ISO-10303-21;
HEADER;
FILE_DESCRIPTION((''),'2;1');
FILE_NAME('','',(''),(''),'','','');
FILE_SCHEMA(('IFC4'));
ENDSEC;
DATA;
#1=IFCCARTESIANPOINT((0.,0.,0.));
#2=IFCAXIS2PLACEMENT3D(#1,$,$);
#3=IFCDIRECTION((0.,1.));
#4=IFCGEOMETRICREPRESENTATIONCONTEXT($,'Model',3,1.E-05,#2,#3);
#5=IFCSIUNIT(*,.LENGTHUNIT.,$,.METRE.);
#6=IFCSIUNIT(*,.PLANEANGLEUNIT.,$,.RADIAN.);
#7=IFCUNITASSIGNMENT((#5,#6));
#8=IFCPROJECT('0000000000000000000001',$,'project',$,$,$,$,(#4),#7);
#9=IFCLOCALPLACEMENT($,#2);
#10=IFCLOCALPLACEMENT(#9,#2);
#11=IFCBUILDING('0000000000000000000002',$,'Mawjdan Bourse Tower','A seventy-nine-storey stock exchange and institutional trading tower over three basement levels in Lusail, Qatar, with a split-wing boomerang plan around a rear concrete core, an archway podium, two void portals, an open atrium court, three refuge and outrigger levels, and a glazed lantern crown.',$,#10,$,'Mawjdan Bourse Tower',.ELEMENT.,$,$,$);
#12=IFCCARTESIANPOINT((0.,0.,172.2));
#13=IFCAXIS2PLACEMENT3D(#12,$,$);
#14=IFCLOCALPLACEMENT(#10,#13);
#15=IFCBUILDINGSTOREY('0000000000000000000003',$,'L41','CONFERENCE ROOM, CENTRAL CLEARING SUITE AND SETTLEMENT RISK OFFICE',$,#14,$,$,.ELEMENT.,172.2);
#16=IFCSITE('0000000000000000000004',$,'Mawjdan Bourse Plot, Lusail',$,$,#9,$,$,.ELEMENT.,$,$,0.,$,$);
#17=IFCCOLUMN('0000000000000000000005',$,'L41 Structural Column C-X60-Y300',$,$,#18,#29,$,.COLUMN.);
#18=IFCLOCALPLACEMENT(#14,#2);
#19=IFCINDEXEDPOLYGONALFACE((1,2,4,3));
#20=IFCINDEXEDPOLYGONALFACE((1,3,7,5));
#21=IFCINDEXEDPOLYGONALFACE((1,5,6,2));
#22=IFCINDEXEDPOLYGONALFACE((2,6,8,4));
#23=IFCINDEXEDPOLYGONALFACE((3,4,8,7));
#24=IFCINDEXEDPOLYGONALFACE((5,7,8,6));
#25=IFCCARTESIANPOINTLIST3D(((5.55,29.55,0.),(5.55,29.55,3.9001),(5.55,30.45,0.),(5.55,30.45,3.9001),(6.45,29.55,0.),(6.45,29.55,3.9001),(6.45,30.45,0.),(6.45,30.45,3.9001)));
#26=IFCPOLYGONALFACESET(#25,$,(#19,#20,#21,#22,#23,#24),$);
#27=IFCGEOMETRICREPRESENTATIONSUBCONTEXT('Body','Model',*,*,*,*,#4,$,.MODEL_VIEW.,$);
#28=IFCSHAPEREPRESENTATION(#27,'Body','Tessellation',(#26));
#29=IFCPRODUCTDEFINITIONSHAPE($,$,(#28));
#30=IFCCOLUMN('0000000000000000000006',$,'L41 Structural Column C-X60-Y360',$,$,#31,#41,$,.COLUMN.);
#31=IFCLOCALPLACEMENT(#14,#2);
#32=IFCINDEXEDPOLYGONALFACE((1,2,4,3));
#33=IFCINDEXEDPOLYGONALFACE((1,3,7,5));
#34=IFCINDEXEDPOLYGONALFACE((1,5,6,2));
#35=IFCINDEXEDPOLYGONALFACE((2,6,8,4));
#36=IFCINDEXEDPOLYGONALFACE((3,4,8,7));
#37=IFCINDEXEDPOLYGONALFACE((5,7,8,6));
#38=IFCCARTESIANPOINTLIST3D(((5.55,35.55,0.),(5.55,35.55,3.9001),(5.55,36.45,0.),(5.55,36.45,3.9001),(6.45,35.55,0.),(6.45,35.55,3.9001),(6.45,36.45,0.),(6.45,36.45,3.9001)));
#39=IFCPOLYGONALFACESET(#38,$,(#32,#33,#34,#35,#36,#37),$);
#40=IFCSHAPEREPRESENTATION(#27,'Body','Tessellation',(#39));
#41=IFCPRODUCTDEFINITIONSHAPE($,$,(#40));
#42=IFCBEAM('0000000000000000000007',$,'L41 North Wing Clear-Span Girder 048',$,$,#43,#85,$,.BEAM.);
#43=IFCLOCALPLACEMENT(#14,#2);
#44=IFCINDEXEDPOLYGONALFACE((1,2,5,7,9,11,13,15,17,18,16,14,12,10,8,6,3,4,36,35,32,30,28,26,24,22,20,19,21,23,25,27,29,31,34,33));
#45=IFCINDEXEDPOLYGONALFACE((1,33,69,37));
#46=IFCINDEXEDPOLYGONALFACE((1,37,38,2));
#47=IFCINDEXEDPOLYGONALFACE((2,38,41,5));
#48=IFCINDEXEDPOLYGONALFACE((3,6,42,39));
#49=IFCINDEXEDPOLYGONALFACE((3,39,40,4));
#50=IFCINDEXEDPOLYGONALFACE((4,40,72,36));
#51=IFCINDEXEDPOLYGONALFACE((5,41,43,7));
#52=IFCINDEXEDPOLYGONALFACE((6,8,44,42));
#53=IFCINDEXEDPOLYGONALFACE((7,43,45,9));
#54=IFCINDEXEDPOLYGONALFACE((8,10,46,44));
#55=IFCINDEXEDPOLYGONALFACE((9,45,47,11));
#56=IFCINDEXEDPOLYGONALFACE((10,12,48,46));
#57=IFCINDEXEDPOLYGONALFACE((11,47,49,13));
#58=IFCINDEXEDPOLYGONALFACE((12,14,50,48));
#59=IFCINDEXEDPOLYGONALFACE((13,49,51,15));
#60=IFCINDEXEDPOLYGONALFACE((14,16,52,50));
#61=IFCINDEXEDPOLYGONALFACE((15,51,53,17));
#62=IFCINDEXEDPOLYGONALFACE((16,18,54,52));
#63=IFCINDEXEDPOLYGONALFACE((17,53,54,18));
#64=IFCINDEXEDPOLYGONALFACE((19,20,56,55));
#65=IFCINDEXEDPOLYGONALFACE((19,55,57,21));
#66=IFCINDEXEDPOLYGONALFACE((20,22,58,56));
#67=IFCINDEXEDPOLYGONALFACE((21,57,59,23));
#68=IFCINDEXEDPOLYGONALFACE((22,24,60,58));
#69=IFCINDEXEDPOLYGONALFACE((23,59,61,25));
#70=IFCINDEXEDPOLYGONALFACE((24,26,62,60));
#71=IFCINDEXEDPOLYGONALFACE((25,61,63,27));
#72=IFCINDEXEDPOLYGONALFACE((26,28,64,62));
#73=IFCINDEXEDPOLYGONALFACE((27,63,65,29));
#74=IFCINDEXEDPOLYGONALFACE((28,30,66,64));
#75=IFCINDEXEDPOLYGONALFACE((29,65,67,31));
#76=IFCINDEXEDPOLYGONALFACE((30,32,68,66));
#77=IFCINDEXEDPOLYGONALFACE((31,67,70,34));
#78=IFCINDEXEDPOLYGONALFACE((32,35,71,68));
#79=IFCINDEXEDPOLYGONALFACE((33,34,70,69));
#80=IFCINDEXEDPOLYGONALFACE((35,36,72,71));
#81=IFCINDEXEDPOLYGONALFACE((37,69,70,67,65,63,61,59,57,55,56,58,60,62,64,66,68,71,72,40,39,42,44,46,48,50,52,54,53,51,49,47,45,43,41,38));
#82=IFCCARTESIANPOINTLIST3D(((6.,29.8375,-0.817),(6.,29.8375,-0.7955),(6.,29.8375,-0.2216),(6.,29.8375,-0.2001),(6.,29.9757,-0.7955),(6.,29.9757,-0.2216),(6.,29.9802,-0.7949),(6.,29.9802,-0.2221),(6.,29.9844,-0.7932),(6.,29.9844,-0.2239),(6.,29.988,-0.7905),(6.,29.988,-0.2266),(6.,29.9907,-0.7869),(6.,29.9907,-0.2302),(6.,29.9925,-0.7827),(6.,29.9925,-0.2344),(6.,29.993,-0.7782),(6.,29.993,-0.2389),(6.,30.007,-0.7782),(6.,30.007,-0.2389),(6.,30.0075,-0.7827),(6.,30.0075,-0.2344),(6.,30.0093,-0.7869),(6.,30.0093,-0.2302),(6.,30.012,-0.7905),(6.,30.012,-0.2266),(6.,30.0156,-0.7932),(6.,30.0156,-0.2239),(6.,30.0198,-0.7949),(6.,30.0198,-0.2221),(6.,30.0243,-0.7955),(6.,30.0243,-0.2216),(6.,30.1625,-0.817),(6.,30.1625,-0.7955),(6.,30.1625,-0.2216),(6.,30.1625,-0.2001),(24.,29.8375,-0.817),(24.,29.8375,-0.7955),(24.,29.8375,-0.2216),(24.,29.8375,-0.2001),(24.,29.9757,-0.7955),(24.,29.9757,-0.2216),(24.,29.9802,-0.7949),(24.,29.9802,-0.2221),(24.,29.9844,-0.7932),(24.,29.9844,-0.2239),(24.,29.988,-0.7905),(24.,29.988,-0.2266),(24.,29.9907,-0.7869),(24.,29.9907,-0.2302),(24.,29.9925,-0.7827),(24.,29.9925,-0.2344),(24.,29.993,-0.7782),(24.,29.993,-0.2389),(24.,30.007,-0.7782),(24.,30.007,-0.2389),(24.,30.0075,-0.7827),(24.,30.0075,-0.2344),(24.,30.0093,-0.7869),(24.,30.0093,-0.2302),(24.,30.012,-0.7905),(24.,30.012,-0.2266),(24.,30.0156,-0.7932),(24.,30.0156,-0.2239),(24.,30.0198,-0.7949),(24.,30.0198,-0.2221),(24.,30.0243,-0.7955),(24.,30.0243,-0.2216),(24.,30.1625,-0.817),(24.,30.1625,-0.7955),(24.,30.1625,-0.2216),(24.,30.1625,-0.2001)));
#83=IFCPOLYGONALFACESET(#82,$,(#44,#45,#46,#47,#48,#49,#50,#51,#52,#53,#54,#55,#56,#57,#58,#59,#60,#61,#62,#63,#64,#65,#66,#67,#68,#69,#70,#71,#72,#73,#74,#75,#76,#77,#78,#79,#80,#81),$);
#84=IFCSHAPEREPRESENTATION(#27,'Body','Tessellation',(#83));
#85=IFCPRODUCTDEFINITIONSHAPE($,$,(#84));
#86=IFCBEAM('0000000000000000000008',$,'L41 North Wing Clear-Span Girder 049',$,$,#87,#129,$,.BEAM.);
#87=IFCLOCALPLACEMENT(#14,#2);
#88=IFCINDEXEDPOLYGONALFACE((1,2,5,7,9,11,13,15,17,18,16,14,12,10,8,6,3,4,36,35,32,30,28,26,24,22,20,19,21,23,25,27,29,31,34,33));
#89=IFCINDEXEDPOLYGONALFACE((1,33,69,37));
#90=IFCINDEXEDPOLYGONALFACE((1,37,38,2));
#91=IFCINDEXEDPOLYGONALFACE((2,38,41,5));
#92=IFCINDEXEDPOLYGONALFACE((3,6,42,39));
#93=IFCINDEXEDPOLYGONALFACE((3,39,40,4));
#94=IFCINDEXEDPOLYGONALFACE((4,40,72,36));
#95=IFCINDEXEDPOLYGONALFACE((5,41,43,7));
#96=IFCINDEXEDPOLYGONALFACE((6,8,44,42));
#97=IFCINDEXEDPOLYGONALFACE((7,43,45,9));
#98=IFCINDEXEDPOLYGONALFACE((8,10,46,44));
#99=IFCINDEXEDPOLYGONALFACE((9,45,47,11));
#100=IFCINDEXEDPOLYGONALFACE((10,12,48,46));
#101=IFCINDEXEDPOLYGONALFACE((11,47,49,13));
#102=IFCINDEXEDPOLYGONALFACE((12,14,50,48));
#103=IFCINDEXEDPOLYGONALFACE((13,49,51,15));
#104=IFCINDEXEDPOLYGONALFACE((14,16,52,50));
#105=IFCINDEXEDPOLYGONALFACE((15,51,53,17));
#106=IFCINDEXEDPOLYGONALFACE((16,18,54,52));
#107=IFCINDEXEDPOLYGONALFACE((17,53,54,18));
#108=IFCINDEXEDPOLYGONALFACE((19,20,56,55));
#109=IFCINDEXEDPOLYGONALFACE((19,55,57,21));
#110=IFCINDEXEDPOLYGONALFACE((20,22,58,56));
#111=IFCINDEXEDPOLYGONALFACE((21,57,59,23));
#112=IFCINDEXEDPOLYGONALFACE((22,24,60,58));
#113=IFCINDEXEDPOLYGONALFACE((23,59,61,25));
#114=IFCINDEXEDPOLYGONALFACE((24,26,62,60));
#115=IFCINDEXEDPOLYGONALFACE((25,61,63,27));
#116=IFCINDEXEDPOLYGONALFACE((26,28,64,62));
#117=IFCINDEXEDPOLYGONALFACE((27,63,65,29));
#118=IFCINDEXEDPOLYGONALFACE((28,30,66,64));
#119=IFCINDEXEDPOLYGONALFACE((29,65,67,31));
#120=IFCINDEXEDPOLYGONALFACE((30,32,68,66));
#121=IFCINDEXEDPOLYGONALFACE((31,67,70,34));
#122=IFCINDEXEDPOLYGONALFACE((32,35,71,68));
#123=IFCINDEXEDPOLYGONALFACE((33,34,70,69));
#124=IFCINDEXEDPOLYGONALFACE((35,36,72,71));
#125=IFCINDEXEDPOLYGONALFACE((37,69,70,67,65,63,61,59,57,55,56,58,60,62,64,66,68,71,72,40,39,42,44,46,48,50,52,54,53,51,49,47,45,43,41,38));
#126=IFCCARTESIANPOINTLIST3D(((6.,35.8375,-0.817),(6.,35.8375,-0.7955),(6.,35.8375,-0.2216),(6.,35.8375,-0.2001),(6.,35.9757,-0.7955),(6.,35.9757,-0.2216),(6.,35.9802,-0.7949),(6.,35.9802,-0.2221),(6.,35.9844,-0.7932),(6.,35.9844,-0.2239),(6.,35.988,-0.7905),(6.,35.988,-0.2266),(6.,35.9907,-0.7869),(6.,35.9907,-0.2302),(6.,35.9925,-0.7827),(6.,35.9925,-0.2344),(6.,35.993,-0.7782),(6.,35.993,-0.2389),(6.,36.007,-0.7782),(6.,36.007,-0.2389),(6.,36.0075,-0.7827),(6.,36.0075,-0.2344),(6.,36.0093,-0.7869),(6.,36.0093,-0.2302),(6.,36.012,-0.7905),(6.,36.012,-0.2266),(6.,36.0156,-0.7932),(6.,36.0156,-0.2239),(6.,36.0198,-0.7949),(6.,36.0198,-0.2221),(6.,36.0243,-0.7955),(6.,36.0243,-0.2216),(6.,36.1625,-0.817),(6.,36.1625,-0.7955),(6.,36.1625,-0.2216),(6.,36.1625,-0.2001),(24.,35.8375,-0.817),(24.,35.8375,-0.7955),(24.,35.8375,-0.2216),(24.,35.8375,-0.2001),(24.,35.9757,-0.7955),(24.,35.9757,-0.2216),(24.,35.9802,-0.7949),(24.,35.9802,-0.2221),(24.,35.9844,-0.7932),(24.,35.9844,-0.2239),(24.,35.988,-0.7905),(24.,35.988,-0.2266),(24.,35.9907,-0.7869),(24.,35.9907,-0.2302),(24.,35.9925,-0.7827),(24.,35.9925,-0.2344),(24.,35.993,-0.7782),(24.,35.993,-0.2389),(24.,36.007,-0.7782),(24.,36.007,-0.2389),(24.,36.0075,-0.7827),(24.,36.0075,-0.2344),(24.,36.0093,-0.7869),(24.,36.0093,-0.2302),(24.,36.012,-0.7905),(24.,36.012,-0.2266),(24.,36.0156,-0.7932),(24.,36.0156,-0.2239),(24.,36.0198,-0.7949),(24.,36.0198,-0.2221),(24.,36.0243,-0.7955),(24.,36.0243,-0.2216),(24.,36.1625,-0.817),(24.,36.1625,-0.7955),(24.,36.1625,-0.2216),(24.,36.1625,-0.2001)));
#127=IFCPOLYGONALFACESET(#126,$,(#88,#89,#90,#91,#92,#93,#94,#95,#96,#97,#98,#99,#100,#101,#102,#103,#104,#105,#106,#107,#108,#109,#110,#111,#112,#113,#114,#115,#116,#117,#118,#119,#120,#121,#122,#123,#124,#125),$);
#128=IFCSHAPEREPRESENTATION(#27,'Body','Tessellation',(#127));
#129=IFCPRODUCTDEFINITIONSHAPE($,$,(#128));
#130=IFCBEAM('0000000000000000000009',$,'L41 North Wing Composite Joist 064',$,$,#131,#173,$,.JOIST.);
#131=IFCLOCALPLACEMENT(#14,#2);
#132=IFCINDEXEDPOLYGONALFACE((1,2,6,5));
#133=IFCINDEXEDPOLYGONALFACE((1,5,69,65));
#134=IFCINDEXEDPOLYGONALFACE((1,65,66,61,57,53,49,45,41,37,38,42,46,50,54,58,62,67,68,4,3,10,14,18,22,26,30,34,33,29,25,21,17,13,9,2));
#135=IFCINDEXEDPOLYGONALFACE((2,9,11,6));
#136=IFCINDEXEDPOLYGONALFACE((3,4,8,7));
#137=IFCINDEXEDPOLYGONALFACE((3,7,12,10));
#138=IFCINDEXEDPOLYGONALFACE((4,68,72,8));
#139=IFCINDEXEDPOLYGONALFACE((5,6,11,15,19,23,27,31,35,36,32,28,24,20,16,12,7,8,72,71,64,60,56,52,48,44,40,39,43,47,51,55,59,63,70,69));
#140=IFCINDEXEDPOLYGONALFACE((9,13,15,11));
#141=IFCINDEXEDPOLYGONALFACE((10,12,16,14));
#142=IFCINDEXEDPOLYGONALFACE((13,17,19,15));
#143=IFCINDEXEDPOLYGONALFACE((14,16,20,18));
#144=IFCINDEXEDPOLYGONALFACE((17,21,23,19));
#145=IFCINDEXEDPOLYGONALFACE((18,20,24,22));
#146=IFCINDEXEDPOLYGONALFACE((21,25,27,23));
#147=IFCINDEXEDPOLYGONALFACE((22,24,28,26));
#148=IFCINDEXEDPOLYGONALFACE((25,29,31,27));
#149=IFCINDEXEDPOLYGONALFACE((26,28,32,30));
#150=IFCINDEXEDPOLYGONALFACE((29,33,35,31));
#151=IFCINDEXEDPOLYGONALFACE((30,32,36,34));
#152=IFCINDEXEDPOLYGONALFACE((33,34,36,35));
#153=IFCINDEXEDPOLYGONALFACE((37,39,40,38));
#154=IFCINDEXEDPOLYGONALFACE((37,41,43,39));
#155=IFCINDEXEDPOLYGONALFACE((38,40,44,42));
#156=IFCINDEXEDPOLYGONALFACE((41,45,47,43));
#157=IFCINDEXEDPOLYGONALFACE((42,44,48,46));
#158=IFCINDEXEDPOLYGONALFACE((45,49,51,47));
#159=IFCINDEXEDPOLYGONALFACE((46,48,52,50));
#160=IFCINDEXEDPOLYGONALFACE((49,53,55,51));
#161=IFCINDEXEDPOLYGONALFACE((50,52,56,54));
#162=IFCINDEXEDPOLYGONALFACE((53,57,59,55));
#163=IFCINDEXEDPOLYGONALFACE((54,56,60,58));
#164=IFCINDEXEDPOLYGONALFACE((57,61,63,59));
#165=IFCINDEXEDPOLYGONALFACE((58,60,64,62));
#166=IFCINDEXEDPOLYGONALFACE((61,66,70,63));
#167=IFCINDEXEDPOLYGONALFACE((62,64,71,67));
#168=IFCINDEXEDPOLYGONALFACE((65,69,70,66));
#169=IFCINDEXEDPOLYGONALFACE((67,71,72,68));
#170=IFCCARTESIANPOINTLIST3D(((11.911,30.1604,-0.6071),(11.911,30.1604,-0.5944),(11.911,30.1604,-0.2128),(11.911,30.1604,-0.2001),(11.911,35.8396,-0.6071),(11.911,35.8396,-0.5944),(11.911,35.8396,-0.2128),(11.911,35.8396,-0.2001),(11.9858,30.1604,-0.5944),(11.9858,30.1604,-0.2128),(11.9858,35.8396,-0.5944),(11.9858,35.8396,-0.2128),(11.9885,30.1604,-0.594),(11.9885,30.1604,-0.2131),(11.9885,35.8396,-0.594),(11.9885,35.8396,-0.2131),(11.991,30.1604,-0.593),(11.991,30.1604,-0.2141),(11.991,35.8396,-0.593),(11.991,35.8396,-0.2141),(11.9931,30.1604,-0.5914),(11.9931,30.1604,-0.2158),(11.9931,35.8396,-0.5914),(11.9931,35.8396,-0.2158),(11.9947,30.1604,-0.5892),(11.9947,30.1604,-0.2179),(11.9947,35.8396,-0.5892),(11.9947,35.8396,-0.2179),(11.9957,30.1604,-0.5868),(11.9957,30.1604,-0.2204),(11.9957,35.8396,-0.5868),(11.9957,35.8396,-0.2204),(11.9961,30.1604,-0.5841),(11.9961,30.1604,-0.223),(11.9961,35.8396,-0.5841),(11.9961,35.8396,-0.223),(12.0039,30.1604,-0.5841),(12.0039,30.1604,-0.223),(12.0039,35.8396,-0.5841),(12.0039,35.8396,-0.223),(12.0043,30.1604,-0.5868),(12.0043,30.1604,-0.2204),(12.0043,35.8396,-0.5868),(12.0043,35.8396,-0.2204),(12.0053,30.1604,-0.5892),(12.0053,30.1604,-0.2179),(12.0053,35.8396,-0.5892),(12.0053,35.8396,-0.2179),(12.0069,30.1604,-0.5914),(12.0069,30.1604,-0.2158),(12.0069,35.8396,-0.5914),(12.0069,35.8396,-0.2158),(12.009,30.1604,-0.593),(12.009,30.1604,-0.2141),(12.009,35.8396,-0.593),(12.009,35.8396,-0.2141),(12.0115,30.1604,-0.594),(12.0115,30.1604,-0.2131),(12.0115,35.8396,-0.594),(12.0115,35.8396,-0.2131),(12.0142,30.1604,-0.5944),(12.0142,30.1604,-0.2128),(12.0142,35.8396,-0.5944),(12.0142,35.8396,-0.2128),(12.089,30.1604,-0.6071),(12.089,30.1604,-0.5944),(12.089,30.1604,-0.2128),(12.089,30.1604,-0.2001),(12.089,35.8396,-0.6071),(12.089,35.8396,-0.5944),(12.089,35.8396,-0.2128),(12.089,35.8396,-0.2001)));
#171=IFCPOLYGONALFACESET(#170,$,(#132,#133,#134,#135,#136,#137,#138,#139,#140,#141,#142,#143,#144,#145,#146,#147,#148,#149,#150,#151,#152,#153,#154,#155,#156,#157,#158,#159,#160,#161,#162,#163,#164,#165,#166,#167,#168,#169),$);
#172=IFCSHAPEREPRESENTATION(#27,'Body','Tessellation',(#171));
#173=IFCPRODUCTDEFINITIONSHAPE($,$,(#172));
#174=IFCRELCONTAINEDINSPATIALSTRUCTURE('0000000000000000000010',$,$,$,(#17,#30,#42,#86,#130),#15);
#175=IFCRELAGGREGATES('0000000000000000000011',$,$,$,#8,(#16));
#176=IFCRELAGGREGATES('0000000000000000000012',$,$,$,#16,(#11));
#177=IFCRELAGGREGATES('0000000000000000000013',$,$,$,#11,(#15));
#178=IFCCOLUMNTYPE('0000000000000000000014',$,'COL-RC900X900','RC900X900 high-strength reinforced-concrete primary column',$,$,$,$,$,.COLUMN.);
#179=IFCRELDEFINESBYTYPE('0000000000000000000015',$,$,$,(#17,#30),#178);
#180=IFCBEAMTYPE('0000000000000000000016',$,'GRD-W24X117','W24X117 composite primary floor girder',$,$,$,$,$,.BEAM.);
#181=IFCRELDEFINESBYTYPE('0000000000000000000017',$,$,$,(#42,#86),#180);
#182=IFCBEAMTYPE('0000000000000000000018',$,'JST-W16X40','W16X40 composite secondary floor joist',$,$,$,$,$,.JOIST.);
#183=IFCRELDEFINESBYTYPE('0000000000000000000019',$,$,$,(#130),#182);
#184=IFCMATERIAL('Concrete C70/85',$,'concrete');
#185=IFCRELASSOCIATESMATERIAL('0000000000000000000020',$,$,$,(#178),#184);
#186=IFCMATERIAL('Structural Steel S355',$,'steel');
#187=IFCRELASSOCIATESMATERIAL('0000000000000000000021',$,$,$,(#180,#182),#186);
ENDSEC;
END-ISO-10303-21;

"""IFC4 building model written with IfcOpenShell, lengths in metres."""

from ifc_helpers import new_model, si_unit, direction, frame, origin, origin_2d, place, context, subcontext, project, spatial, rectangle, i_section, extrude, material, material_profile, profile_set, type_object, element, save


model = new_model("IFC4")

# Units and contexts
model_context = context("Model", 3, precision=1e-05, world=origin(), true_north=direction((0.0, 1.0)))
body_context = subcontext(model_context, "Body", "Model", "MODEL_VIEW")
ifc_project = project(units=[si_unit("LENGTHUNIT", "METRE"), si_unit("PLANEANGLEUNIT", "RADIAN")], contexts=[model_context])

# Site, building, storey
site_placement = place(None, origin())
site = spatial("IfcSite", under=ifc_project, at=site_placement, Name="Mawjdan Bourse Plot, Lusail", CompositionType="ELEMENT", RefElevation=0.0)
building_placement = place(site_placement, origin())
building = spatial("IfcBuilding", under=site, at=building_placement, Name="Mawjdan Bourse Tower", Description="A seventy-nine-storey stock exchange and institutional trading tower over three basement levels in Lusail, Qatar, with a split-wing boomerang plan around a rear concrete core, an archway podium, two void portals, an open atrium court, three refuge and outrigger levels, and a glazed lantern crown.", LongName="Mawjdan Bourse Tower", CompositionType="ELEMENT")
storey_placement = place(building_placement, frame((0.0, 0.0, 172.2)))
storey = spatial("IfcBuildingStorey", under=building, at=storey_placement, Name="L41", Description="CONFERENCE ROOM, CENTRAL CLEARING SUITE AND SETTLEMENT RISK OFFICE", CompositionType="ELEMENT", Elevation=172.2)

# Columns
ifc_material_1 = material(Name="Concrete C70/85", Category="concrete")
ifc_material_profile_1 = material_profile(ifc_material_1, rectangle(XDim=0.8999, YDim=0.8999, at=origin_2d()), Name="RC900X900")
ifc_profile_set_1 = profile_set([ifc_material_profile_1], Name="Concrete C70/85")
column_type = type_object("IfcColumnType", Name="COL-RC900X900", Description="RC900X900 high-strength reinforced-concrete primary column", PredefinedType="COLUMN", material=ifc_profile_set_1)
for number, where, z_axis, x_axis, name in (
    (1, (6.0, 30.0, 0.0), (0.0, 0.0, 1.0), (1.0, 0.0, 0.0), "L41 Structural Column C-X60-Y300"),
    (2, (6.0, 36.0, 0.0), (0.0, 0.0, 1.0), (1.0, 0.0, 0.0), "L41 Structural Column C-X60-Y360"),
):
    element("IfcColumn", number, at=place(storey_placement, frame(where, z_axis=z_axis, x_axis=x_axis)), inside=storey, type_object=column_type, Name=name, PredefinedType="COLUMN", context=body_context, shape_type="SweptSolid", body=[
        extrude(rectangle(XDim=0.8999, YDim=0.8999, at=origin_2d()), origin(), (0.0, 0.0, 1.0), 3.9001),
    ])

# Beams
ifc_material_2 = material(Name="Structural Steel S355", Category="steel")
ifc_material_profile_2 = material_profile(ifc_material_2, i_section(OverallWidth=0.325, OverallDepth=0.6169, WebThickness=0.0139, FlangeThickness=0.0215, FilletRadius=0.0173, at=origin_2d()), Name="W24X117")
ifc_profile_set_2 = profile_set([ifc_material_profile_2], Name="Structural Steel S355")
beam_type_1 = type_object("IfcBeamType", Name="GRD-W24X117", Description="W24X117 composite primary floor girder", PredefinedType="BEAM", material=ifc_profile_set_2)
for number, where, z_axis, x_axis, name in (
    (3, (6.0, 30.0, -0.5085), (1.0, 0.0, 0.0), (0.0, 1.0, 0.0), "L41 North Wing Clear-Span Girder 048"),
    (4, (6.0, 36.0, -0.5085), (1.0, 0.0, 0.0), (0.0, 1.0, 0.0), "L41 North Wing Clear-Span Girder 049"),
):
    element("IfcBeam", number, at=place(storey_placement, frame(where, z_axis=z_axis, x_axis=x_axis)), inside=storey, type_object=beam_type_1, Name=name, PredefinedType="BEAM", context=body_context, shape_type="SweptSolid", body=[
        extrude(i_section(OverallWidth=0.325, OverallDepth=0.6169, WebThickness=0.0139, FlangeThickness=0.0215, FilletRadius=0.0173, at=origin_2d()), origin(), (0.0, 0.0, 1.0), 18.0),
    ])
ifc_material_profile_3 = material_profile(ifc_material_2, i_section(OverallWidth=0.178, OverallDepth=0.407, WebThickness=0.0078, FlangeThickness=0.0127, FilletRadius=0.0103, at=origin_2d()), Name="W16X40")
ifc_profile_set_3 = profile_set([ifc_material_profile_3], Name="Structural Steel S355")
beam_type_2 = type_object("IfcBeamType", Name="JST-W16X40", Description="W16X40 composite secondary floor joist", PredefinedType="JOIST", material=ifc_profile_set_3)
for number, where, z_axis, x_axis, name in (
    (5, (12.0, 30.1604, -0.4036), (0.0, 1.0, 0.0), (-1.0, 0.0, 0.0), "L41 North Wing Composite Joist 064"),
):
    element("IfcBeam", number, at=place(storey_placement, frame(where, z_axis=z_axis, x_axis=x_axis)), inside=storey, type_object=beam_type_2, Name=name, PredefinedType="JOIST", context=body_context, shape_type="SweptSolid", body=[
        extrude(i_section(OverallWidth=0.178, OverallDepth=0.407, WebThickness=0.0078, FlangeThickness=0.0127, FilletRadius=0.0103, at=origin_2d()), origin(), (0.0, 0.0, 1.0), 5.6792),
    ])

save(model, "model.ifc")
